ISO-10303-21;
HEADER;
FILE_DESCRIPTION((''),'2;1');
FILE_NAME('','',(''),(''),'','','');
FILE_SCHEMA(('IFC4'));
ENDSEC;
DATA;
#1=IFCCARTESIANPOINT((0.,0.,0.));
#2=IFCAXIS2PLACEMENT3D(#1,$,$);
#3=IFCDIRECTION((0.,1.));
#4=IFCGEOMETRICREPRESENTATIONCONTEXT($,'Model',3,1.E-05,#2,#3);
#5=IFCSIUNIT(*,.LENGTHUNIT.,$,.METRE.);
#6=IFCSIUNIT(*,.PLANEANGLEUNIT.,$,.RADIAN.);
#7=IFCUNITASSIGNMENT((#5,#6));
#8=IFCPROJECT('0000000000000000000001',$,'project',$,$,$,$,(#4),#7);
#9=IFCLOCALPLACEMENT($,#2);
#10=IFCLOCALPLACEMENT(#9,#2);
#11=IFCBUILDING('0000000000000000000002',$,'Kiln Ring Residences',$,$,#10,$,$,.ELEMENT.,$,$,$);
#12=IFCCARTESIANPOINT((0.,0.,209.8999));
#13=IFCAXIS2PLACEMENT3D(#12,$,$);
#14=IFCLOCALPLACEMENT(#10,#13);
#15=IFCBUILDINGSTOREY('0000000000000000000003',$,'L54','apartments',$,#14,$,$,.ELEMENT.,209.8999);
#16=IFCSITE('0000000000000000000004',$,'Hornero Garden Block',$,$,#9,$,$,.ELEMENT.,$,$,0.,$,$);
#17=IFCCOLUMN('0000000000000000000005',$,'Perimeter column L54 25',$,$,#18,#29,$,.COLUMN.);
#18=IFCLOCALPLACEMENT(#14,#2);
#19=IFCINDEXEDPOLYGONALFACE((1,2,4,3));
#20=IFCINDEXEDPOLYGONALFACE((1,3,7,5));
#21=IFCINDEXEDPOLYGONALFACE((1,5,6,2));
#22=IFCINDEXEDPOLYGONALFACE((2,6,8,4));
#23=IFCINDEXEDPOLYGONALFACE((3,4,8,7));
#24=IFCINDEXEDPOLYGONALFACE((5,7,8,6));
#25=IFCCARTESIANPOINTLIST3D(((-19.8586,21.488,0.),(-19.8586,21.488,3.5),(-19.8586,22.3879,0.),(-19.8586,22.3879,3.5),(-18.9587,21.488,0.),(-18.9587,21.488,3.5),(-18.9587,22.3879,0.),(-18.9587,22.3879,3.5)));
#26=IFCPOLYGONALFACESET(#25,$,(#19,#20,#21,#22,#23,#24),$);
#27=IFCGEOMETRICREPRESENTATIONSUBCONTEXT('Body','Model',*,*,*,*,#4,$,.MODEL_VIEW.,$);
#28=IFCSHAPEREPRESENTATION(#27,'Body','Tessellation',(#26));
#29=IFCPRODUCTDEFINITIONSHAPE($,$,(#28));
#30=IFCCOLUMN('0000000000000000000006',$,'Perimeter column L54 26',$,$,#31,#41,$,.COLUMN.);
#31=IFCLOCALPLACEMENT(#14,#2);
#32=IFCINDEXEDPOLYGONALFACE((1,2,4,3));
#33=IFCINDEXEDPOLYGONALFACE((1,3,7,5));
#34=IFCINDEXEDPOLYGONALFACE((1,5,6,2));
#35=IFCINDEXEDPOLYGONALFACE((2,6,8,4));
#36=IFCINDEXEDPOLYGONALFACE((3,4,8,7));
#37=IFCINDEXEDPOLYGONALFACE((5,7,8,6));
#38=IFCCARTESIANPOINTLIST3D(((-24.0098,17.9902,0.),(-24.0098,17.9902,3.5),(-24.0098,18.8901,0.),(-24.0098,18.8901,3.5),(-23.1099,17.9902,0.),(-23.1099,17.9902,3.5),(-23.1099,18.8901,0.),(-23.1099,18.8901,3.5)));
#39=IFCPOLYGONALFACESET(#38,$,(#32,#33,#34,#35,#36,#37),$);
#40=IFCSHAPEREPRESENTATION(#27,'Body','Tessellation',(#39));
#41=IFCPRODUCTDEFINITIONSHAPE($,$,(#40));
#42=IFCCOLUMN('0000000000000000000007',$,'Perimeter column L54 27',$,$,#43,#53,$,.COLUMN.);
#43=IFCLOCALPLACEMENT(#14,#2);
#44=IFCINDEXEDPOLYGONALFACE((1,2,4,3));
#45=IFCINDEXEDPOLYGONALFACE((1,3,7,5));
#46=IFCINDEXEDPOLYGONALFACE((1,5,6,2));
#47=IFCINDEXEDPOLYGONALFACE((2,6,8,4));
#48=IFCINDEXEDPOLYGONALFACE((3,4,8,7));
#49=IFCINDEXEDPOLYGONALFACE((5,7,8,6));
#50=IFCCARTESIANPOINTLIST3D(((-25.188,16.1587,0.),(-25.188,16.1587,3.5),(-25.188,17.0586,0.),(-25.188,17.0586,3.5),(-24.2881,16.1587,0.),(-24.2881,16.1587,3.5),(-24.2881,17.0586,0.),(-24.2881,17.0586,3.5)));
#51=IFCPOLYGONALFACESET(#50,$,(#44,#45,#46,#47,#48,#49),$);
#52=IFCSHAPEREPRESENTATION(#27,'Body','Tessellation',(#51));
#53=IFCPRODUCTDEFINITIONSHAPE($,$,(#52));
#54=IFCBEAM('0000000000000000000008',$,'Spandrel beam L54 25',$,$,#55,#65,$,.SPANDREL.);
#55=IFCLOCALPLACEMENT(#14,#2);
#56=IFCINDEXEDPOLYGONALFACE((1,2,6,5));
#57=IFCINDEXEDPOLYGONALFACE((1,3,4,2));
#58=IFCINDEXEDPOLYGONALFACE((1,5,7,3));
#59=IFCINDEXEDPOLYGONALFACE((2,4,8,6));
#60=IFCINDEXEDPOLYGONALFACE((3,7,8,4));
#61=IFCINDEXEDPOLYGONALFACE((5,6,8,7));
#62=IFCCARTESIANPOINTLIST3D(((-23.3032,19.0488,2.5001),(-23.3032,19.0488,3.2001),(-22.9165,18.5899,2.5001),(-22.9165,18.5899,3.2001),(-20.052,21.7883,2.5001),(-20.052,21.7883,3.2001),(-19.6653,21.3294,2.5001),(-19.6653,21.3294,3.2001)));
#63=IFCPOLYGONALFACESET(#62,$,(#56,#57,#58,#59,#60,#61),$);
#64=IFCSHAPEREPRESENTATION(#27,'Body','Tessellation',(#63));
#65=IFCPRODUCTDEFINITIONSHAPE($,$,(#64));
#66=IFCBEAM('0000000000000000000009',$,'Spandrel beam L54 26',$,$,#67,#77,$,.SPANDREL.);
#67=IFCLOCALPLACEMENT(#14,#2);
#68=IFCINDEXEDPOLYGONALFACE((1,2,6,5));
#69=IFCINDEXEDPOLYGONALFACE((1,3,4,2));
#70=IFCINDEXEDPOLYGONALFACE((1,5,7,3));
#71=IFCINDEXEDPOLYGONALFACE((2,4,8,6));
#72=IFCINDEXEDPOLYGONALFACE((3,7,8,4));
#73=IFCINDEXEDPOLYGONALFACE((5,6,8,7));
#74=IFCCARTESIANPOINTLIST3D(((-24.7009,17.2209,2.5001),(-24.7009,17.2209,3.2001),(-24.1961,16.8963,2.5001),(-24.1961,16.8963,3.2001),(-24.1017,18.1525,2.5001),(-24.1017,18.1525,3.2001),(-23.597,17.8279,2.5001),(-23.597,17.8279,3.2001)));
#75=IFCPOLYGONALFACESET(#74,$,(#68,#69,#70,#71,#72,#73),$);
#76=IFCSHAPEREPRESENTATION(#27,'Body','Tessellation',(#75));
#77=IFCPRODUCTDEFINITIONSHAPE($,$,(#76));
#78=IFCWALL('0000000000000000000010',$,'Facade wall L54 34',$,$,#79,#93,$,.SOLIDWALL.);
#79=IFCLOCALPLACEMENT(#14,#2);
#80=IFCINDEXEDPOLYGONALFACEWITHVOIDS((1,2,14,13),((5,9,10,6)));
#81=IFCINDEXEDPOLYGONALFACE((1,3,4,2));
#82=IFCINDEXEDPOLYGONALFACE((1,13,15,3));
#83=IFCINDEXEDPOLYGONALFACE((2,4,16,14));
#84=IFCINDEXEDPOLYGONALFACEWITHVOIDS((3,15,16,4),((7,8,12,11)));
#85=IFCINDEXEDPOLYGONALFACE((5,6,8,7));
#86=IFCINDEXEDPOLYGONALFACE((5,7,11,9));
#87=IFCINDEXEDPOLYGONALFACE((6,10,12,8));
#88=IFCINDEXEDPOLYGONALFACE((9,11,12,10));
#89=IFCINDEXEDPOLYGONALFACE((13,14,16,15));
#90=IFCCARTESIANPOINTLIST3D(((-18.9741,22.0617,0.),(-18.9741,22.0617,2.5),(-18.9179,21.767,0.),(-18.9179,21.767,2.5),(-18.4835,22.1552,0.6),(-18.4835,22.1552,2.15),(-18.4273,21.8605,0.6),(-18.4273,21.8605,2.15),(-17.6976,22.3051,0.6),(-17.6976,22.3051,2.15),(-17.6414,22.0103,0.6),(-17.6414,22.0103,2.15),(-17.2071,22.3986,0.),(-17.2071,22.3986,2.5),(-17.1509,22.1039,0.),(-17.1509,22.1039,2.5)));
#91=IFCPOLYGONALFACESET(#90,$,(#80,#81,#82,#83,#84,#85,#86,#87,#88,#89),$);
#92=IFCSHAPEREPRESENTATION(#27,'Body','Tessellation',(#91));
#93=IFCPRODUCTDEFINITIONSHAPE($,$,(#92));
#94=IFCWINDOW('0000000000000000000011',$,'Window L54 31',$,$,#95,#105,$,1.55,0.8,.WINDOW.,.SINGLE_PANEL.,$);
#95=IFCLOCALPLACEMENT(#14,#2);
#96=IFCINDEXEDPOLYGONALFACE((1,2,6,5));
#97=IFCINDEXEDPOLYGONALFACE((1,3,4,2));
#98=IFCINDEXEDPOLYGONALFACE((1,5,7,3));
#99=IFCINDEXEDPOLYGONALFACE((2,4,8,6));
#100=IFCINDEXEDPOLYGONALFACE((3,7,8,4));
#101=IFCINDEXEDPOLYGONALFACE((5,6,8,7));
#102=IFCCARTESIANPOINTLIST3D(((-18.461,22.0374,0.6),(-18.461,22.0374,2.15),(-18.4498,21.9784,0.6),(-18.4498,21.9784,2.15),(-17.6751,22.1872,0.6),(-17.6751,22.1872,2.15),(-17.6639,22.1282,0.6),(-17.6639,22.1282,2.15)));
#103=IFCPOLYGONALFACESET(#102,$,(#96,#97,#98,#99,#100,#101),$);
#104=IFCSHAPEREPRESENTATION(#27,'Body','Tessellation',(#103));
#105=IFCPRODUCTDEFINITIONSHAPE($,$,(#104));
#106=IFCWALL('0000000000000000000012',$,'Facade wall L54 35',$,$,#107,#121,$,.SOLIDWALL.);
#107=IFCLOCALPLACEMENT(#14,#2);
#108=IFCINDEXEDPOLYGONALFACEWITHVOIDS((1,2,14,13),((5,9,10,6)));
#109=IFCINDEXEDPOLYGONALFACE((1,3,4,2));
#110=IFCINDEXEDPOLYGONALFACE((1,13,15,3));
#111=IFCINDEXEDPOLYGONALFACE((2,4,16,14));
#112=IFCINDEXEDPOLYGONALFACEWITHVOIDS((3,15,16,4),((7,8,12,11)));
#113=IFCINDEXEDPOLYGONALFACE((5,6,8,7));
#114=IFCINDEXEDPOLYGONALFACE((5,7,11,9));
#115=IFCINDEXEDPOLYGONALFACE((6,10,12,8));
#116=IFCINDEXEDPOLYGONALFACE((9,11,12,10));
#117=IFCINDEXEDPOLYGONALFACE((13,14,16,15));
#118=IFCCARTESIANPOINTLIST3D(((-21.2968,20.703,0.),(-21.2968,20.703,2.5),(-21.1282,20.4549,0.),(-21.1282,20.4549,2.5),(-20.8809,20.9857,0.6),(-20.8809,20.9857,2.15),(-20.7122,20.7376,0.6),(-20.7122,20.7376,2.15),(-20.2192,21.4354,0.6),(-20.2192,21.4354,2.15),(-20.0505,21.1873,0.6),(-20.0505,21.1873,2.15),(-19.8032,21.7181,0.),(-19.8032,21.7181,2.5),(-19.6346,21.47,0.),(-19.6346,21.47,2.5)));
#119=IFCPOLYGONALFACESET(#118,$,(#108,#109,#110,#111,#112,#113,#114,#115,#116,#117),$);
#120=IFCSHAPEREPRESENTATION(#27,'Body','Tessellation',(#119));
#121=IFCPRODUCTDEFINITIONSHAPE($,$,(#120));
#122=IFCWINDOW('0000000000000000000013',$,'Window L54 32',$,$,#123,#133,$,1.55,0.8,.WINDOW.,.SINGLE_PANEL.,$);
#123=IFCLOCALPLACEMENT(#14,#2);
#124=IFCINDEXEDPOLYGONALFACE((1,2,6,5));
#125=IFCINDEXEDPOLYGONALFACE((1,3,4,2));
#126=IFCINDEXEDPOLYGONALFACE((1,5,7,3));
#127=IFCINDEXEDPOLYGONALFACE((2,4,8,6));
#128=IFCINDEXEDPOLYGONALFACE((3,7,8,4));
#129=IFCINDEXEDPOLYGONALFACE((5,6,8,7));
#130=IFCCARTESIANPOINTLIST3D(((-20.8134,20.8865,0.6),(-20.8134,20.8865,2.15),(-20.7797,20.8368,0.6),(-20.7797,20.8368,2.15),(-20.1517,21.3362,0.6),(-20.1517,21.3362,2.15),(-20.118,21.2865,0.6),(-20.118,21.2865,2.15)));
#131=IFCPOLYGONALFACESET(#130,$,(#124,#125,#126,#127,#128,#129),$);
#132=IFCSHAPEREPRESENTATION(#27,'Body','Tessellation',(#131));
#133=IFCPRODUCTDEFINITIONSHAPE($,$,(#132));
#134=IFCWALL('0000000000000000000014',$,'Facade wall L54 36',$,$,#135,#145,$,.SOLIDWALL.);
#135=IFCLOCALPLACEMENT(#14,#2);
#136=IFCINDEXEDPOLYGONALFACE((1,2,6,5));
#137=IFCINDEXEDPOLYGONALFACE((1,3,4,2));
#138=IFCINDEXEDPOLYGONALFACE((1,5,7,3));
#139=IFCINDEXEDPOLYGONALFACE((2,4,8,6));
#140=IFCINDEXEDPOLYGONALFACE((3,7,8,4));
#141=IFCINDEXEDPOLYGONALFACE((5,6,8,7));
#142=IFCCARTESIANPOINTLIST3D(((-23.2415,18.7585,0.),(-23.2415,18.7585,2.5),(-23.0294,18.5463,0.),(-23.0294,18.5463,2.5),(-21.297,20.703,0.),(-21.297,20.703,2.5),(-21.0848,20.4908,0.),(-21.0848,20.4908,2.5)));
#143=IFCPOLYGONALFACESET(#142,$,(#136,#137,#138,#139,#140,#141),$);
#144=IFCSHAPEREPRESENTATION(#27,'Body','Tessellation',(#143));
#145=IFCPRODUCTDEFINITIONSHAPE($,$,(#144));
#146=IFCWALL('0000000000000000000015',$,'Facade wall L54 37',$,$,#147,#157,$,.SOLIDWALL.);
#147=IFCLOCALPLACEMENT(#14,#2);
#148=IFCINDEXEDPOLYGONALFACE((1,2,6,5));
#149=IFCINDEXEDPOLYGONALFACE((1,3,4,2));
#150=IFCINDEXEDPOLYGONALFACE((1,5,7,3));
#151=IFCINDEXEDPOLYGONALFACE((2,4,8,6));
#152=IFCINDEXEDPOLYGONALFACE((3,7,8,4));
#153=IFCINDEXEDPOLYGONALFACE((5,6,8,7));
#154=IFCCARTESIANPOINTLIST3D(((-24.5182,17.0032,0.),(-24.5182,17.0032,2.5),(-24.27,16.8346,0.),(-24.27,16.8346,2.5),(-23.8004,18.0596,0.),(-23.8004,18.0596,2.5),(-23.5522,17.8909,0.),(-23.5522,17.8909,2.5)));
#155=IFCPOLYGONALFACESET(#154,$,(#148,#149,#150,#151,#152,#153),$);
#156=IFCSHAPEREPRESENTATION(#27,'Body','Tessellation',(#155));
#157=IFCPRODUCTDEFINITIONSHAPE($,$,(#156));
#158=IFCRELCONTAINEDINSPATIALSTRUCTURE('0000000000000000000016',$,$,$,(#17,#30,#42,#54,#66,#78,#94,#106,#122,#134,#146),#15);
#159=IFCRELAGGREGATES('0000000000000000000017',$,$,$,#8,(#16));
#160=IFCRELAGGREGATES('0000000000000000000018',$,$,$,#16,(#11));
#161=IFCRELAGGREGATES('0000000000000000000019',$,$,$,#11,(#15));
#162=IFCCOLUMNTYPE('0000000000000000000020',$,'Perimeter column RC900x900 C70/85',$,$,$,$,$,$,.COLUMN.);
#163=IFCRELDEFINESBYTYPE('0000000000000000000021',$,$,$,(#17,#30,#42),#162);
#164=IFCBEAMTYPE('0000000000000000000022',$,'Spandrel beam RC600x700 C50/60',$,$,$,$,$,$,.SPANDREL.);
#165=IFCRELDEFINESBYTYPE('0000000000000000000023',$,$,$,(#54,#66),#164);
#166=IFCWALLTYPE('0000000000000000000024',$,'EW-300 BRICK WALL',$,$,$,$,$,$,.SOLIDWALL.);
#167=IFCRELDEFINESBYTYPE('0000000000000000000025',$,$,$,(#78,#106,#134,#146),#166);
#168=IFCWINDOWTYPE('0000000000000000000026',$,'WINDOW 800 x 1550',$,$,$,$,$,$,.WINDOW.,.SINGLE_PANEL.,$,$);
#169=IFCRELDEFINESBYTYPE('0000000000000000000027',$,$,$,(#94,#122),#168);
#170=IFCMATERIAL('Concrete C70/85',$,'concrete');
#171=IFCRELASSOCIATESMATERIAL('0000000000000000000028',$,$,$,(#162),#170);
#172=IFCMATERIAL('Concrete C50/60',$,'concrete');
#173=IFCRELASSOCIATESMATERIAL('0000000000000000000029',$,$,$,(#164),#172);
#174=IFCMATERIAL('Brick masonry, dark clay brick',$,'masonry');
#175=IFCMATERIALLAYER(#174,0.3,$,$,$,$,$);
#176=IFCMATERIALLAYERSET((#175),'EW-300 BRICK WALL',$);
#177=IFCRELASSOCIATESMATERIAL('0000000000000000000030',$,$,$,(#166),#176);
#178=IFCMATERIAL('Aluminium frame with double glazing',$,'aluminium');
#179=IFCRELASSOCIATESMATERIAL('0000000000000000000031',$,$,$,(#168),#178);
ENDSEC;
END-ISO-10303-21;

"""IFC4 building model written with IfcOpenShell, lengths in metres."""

from ifc_helpers import new_model, si_unit, direction, frame, frame_2d, origin, origin_2d, place, context, subcontext, project, spatial, rectangle, extrude, material, layer, layer_set, material_profile, profile_set, type_object, element, fill, save


model = new_model("IFC4")

# Units and contexts
model_context = context("Model", 3, precision=1e-05, world=origin(), true_north=direction((0.0, 1.0)))
body_context = subcontext(model_context, "Body", "Model", "MODEL_VIEW")
ifc_project = project(units=[si_unit("LENGTHUNIT", "METRE"), si_unit("PLANEANGLEUNIT", "RADIAN")], contexts=[model_context])

# Site, building, storey
site_placement = place(None, origin())
site = spatial("IfcSite", under=ifc_project, at=site_placement, Name="Hornero Garden Block", CompositionType="ELEMENT", RefElevation=0.0)
building_placement = place(site_placement, origin())
building = spatial("IfcBuilding", under=site, at=building_placement, Name="Kiln Ring Residences", CompositionType="ELEMENT")
storey_placement = place(building_placement, frame((0.0, 0.0, 209.8999)))
storey = spatial("IfcBuildingStorey", under=building, at=storey_placement, Name="L54", Description="apartments", CompositionType="ELEMENT", Elevation=209.8999)

# Columns
ifc_material_1 = material(Name="Concrete C70/85", Category="concrete")
ifc_material_profile_1 = material_profile(ifc_material_1, rectangle(XDim=0.8999, YDim=0.8999, at=origin_2d()), Name="RC900x900")
ifc_profile_set_1 = profile_set([ifc_material_profile_1], Name="Concrete C70/85")
column_type = type_object("IfcColumnType", Name="Perimeter column RC900x900 C70/85", PredefinedType="COLUMN", material=ifc_profile_set_1)
for number, where, z_axis, x_axis, name in (
    (1, (-19.4087, 21.938, 0.0), (0.0, 0.0, 1.0), (1.0, 0.0, 0.0), "Perimeter column L54 25"),
    (2, (-23.5598, 18.4402, 0.0), (0.0, 0.0, 1.0), (1.0, 0.0, 0.0), "Perimeter column L54 26"),
    (3, (-24.738, 16.6086, 0.0), (0.0, 0.0, 1.0), (1.0, 0.0, 0.0), "Perimeter column L54 27"),
):
    element("IfcColumn", number, at=place(storey_placement, frame(where, z_axis=z_axis, x_axis=x_axis)), inside=storey, type_object=column_type, Name=name, PredefinedType="COLUMN", context=body_context, shape_type="SweptSolid", body=[
        extrude(rectangle(XDim=0.8999, YDim=0.8999, at=origin_2d()), origin(), (0.0, 0.0, 1.0), 3.5),
    ])

# Beams
ifc_material_2 = material(Name="Concrete C50/60", Category="concrete")
ifc_material_profile_2 = material_profile(ifc_material_2, rectangle(XDim=0.6001, YDim=0.7, at=origin_2d()), Name="RC600x700")
ifc_profile_set_2 = profile_set([ifc_material_profile_2], Name="Concrete C50/60")
beam_type = type_object("IfcBeamType", Name="Spandrel beam RC600x700 C50/60", PredefinedType="SPANDREL", material=ifc_profile_set_2)
beam_1_placement = place(storey_placement, frame((-19.8586, 21.5588, 2.8501), z_axis=(-0.764722, -0.64436, 0.0), x_axis=(0.64436, -0.764722, 0.0)))
element("IfcBeam", 4, at=beam_1_placement, inside=storey, type_object=beam_type, Name="Spandrel beam L54 25", PredefinedType="SPANDREL", context=body_context, shape_type="SweptSolid", body=[
    extrude(rectangle(XDim=0.6001, YDim=0.7, at=origin_2d()), origin(), (0.0, 0.0, 1.0), 4.2515),
])
beam_2_placement = place(storey_placement, frame((-23.8494, 17.9902, 2.8501), z_axis=(-0.540891, -0.841093, 0.0), x_axis=(0.841093, -0.540891, 0.0)))
element("IfcBeam", 5, at=beam_2_placement, inside=storey, type_object=beam_type, Name="Spandrel beam L54 26", PredefinedType="SPANDREL", context=body_context, shape_type="SweptSolid", body=[
    extrude(rectangle(XDim=0.6001, YDim=0.7, at=origin_2d()), origin(), (0.0, 0.0, 1.0), 1.1077),
])

# Walls, openings, windows
ifc_material_3 = material(Name="Brick masonry, dark clay brick", Category="masonry")
ifc_layer_1 = layer(ifc_material_3, 0.3)
ifc_layer_set_1 = layer_set([ifc_layer_1], Name="EW-300 BRICK WALL")
wall_type_1 = type_object("IfcWallType", Name="EW-300 BRICK WALL", PredefinedType="SOLIDWALL", material=ifc_layer_set_1)
wall_1_placement = place(storey_placement, frame((-17.179, 22.2512, 0.0), z_axis=(0.0, 0.0, 1.0), x_axis=(-0.982305, -0.187287, 0.0)))
wall_1 = element("IfcWall", 6, at=wall_1_placement, inside=storey, type_object=wall_type_1, Name="Facade wall L54 34", PredefinedType="SOLIDWALL", context=body_context, shape_type="SweptSolid", body=[
    extrude(rectangle(XDim=1.7988, YDim=0.3, at=frame_2d((0.8994, 0.0))), origin(), (0.0, 0.0, 1.0), 2.5),
])
opening_1_placement = place(wall_1_placement, frame((0.4995, 0.0, 0.6001)))
opening_1 = element("IfcOpeningElement", 7, at=opening_1_placement, cuts=wall_1, PredefinedType="OPENING", context=body_context, shape_type="SweptSolid", body=[
    extrude(rectangle(XDim=0.8, YDim=1.55, at=frame_2d((0.3999, 0.7749))), frame((0.0, 0.1599, 0.0), z_axis=(0.0, -1.0, 0.0), x_axis=(1.0, 0.0, 0.0)), (0.0, 0.0, 1.0), 0.3201),
])
ifc_material_4 = material(Name="Aluminium frame with double glazing", Category="aluminium")
window_type = type_object("IfcWindowType", Name="WINDOW 800 x 1550", PartitioningType="SINGLE_PANEL", PredefinedType="WINDOW", material=ifc_material_4)
window_1_placement = place(opening_1_placement, origin())
window_1 = element("IfcWindow", 8, at=window_1_placement, inside=storey, type_object=window_type, Name="Window L54 31", OverallHeight=1.55, OverallWidth=0.8, PartitioningType="SINGLE_PANEL", PredefinedType="WINDOW", context=body_context, shape_type="SweptSolid", body=[
    extrude(rectangle(XDim=0.8, YDim=1.55, at=frame_2d((0.3999, 0.7749))), frame((0.0, 0.03, 0.0), z_axis=(0.0, -1.0, 0.0), x_axis=(1.0, 0.0, 0.0)), (0.0, 0.0, 1.0), 0.0601),
])
fill(opening_1, window_1)
wall_2_placement = place(storey_placement, frame((-19.719, 21.594, 0.0), z_axis=(0.0, 0.0, 1.0), x_axis=(-0.827067, -0.562103, 0.0)))
wall_2 = element("IfcWall", 9, at=wall_2_placement, inside=storey, type_object=wall_type_1, Name="Facade wall L54 35", PredefinedType="SOLIDWALL", context=body_context, shape_type="SweptSolid", body=[
    extrude(rectangle(XDim=1.8059, YDim=0.3, at=frame_2d((0.9028, 0.0))), origin(), (0.0, 0.0, 1.0), 2.5),
])
opening_2_placement = place(wall_2_placement, frame((0.5029, 0.0, 0.6001)))
opening_2 = element("IfcOpeningElement", 10, at=opening_2_placement, cuts=wall_2, PredefinedType="OPENING", context=body_context, shape_type="SweptSolid", body=[
    extrude(rectangle(XDim=0.8, YDim=1.55, at=frame_2d((0.3999, 0.7749))), frame((0.0, 0.1599, 0.0), z_axis=(0.0, -1.0, 0.0), x_axis=(1.0, 0.0, 0.0)), (0.0, 0.0, 1.0), 0.3201),
])
window_2_placement = place(opening_2_placement, origin())
window_2 = element("IfcWindow", 11, at=window_2_placement, inside=storey, type_object=window_type, Name="Window L54 32", OverallHeight=1.55, OverallWidth=0.8, PartitioningType="SINGLE_PANEL", PredefinedType="WINDOW", context=body_context, shape_type="SweptSolid", body=[
    extrude(rectangle(XDim=0.8, YDim=1.55, at=frame_2d((0.3999, 0.7749))), frame((0.0, 0.03, 0.0), z_axis=(0.0, -1.0, 0.0), x_axis=(1.0, 0.0, 0.0)), (0.0, 0.0, 1.0), 0.0601),
])
fill(opening_2, window_2)

# Walls
wall_3_placement = place(storey_placement, frame((-21.1909, 20.5969, 0.0), z_axis=(0.0, 0.0, 1.0), x_axis=(-0.707107, -0.707107, 0.0)))
element("IfcWall", 12, at=wall_3_placement, inside=storey, type_object=wall_type_1, Name="Facade wall L54 36", PredefinedType="SOLIDWALL", context=body_context, shape_type="SweptSolid", body=[
    extrude(rectangle(XDim=2.75, YDim=0.3, at=frame_2d((1.375, 0.0))), origin(), (0.0, 0.0, 1.0), 2.5),
])
wall_4_placement = place(storey_placement, frame((-23.6763, 17.9753, 0.0), z_axis=(0.0, 0.0, 1.0), x_axis=(-0.562001, -0.827136, 0.0)))
element("IfcWall", 13, at=wall_4_placement, inside=storey, type_object=wall_type_1, Name="Facade wall L54 37", PredefinedType="SOLIDWALL", context=body_context, shape_type="SweptSolid", body=[
    extrude(rectangle(XDim=1.2771, YDim=0.3, at=frame_2d((0.6387, 0.0))), origin(), (0.0, 0.0, 1.0), 2.5),
])

save(model, "model.ifc")
